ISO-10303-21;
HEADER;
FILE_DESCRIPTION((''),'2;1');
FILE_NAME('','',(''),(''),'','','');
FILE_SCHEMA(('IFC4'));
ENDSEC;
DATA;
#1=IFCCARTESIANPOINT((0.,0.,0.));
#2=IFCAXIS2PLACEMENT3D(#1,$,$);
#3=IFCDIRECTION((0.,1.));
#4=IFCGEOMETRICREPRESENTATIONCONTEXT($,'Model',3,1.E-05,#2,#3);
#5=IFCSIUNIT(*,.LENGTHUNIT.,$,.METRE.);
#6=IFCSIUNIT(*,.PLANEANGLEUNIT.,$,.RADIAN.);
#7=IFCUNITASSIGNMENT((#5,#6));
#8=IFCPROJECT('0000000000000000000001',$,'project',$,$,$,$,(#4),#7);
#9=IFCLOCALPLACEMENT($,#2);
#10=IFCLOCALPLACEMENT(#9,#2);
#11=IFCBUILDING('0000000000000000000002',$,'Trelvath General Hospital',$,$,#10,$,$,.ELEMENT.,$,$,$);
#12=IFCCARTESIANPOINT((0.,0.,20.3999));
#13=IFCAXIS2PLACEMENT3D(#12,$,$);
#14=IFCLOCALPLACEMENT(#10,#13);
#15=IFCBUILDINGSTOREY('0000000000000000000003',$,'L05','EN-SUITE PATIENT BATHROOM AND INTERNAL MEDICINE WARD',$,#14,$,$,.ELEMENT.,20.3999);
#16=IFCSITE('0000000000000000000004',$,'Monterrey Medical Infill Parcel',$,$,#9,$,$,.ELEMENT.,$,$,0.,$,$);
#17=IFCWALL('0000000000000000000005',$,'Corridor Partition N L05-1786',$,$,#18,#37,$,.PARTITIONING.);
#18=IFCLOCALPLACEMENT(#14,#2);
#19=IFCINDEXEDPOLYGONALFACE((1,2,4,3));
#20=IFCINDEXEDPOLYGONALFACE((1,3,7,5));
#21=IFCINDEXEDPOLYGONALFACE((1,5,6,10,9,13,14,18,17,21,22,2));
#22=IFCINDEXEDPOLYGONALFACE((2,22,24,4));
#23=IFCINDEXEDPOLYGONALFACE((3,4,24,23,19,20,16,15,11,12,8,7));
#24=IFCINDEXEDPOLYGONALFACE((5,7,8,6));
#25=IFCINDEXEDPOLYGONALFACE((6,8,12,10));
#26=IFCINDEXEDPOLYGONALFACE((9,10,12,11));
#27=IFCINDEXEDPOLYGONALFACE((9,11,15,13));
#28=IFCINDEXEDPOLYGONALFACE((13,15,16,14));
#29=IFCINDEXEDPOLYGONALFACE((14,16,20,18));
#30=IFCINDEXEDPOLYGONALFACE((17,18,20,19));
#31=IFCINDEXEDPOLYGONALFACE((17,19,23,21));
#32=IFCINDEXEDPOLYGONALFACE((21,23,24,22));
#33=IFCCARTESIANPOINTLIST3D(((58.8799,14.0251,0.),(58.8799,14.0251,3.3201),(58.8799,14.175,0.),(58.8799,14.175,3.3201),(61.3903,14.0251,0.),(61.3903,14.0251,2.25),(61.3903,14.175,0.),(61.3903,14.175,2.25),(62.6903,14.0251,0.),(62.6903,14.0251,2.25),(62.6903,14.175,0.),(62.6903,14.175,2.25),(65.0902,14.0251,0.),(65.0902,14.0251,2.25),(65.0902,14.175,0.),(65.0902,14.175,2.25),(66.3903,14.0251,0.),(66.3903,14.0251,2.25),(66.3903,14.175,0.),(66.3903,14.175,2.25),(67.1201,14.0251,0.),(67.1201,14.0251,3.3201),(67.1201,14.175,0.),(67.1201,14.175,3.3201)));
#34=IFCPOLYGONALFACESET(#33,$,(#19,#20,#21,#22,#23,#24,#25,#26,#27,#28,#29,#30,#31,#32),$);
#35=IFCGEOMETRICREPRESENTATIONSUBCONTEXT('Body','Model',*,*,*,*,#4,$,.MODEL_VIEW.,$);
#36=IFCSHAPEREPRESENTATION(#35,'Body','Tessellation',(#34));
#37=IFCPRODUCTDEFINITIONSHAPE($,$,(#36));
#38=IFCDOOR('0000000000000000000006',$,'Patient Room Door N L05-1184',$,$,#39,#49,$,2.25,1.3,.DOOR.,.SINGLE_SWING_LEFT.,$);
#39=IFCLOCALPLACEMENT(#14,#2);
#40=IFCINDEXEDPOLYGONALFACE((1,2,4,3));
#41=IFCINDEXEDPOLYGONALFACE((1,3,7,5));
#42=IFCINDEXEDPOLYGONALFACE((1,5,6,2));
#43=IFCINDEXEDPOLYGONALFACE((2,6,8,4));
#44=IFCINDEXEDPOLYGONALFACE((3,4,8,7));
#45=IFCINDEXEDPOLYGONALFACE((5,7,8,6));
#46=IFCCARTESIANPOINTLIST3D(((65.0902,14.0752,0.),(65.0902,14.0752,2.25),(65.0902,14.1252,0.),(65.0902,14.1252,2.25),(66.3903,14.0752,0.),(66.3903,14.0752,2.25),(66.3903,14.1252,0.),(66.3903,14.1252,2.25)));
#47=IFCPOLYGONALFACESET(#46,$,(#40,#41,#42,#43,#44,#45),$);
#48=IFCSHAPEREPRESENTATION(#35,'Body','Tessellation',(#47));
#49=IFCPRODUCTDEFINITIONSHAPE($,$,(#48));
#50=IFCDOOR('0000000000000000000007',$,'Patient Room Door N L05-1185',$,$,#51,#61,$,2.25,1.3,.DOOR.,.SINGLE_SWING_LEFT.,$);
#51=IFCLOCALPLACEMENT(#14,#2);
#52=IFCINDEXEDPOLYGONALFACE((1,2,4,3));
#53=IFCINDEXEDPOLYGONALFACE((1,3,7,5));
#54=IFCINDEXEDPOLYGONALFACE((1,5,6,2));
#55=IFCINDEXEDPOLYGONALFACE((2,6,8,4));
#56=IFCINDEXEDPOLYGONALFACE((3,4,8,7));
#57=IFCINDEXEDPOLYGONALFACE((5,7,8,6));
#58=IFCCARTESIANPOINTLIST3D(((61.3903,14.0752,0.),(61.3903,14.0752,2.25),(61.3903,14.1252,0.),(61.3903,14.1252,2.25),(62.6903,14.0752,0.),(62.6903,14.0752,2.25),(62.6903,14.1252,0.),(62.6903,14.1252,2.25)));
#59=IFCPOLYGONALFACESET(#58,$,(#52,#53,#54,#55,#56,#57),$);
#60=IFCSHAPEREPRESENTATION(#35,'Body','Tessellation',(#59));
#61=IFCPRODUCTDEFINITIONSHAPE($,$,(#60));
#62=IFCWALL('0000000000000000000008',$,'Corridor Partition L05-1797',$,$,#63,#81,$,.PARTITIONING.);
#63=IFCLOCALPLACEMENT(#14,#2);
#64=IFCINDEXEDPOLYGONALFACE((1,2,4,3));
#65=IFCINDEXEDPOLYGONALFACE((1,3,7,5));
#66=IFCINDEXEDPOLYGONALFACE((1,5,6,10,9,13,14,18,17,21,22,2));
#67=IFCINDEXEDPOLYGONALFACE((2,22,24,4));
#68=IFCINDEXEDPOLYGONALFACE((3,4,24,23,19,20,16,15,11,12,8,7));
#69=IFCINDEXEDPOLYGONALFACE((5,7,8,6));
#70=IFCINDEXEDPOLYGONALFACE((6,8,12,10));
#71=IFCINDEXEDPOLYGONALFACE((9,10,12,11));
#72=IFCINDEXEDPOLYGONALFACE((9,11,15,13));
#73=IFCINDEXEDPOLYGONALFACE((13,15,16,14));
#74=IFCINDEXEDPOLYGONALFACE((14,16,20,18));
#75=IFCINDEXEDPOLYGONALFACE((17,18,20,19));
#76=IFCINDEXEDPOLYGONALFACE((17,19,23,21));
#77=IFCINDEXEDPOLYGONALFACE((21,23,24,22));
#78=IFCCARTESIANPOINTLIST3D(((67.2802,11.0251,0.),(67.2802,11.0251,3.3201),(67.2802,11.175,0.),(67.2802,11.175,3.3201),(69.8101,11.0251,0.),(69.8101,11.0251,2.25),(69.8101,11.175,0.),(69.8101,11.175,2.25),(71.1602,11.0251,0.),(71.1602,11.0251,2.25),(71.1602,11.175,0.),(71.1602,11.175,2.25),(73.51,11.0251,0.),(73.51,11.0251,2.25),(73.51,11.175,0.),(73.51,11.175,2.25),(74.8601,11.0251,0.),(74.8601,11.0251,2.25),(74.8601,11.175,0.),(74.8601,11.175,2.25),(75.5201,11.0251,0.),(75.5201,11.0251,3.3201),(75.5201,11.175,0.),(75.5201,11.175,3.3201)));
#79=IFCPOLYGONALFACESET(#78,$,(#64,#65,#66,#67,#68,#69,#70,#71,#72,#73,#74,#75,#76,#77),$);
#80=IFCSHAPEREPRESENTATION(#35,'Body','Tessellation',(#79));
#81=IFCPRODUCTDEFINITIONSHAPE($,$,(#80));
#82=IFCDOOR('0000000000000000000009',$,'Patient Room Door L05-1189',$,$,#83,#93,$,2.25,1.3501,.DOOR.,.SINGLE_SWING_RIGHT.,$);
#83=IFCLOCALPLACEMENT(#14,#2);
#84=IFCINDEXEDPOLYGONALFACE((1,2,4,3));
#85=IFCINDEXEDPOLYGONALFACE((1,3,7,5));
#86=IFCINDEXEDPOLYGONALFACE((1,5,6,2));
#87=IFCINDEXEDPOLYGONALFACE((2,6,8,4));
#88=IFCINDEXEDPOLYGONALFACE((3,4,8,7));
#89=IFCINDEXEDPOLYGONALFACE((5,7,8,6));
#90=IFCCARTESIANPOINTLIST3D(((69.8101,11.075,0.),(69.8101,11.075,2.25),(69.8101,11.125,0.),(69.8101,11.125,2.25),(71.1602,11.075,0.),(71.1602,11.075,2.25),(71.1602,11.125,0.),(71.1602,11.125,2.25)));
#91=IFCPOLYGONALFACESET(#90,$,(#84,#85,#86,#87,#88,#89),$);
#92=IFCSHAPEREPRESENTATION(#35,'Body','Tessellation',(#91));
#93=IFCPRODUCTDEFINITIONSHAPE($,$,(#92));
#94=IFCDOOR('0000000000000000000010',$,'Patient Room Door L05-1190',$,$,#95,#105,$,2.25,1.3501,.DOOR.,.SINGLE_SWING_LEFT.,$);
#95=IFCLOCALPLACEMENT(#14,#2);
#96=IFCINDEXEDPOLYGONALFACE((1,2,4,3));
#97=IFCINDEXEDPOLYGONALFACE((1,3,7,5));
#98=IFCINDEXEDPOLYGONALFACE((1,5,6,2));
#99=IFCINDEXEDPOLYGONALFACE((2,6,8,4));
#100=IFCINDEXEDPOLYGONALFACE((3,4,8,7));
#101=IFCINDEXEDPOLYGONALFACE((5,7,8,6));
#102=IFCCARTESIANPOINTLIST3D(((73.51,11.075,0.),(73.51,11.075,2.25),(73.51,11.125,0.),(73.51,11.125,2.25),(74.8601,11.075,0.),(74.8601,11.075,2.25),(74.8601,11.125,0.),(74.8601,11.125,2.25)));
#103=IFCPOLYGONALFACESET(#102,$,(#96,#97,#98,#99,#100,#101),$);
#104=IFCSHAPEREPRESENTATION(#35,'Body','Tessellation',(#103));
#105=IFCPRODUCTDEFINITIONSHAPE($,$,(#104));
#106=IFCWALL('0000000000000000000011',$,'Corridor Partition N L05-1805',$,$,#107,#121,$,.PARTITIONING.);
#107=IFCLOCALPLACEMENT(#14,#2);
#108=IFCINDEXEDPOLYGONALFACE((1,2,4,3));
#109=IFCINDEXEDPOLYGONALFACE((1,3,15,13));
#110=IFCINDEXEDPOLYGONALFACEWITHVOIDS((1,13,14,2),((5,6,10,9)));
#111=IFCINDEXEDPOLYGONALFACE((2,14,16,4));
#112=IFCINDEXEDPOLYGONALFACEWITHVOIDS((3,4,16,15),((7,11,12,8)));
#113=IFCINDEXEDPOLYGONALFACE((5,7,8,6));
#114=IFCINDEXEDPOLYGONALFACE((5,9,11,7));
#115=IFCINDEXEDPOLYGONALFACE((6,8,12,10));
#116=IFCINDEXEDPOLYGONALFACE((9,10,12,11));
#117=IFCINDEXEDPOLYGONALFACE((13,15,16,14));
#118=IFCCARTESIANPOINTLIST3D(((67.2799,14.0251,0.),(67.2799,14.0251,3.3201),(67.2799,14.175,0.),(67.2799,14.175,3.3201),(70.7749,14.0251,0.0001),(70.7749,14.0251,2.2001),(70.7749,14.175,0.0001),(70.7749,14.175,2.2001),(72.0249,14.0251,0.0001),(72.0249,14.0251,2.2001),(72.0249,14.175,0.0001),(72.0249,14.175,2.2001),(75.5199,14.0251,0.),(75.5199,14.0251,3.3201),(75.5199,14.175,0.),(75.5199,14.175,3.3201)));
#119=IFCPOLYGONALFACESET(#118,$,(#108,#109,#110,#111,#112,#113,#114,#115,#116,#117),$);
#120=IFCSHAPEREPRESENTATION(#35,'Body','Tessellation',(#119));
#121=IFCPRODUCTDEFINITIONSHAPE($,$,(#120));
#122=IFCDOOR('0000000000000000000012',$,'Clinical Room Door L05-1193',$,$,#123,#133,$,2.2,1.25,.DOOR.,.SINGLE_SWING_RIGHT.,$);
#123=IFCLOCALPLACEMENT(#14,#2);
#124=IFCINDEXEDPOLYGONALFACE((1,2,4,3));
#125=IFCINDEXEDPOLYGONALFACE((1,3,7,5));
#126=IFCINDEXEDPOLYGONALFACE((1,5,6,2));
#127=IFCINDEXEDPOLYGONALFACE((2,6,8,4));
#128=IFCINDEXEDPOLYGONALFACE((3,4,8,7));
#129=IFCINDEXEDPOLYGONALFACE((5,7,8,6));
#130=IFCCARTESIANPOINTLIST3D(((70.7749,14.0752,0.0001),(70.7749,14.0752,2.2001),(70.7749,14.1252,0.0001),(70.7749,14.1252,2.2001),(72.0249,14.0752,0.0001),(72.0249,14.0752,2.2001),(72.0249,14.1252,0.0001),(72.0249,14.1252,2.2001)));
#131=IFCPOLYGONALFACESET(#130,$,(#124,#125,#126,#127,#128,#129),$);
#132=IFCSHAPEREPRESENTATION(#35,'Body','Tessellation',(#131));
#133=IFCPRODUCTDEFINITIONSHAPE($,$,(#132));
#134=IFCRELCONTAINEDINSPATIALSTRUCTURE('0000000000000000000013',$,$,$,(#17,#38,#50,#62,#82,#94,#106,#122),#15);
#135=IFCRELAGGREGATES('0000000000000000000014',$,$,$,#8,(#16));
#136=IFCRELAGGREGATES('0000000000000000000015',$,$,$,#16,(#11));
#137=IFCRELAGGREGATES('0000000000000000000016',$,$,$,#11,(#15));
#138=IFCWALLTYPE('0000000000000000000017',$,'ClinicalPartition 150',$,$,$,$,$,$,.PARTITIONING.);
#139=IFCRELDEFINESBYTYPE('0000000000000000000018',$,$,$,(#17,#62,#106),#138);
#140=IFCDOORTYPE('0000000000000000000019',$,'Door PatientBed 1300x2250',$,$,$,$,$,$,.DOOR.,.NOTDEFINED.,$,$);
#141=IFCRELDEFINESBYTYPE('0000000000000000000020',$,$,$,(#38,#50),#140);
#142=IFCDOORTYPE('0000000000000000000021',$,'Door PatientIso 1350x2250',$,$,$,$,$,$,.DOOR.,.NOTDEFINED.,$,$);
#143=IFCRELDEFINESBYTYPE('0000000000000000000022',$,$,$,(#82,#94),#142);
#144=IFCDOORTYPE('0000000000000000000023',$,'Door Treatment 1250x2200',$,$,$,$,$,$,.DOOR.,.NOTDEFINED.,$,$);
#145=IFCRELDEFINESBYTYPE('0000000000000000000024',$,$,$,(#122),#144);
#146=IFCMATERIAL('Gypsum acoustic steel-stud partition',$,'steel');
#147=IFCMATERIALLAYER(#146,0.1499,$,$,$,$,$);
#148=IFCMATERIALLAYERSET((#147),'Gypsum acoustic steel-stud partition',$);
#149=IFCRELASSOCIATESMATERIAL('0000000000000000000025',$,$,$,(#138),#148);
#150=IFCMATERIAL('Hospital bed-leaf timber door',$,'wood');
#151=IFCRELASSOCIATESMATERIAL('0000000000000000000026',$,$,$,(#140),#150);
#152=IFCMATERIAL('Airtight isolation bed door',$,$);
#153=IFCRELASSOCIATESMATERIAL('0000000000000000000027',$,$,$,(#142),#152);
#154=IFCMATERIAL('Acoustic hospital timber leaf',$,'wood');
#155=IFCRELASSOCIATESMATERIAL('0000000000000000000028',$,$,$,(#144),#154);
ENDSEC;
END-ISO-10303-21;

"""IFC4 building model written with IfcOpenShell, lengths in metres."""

from ifc_helpers import new_model, si_unit, direction, frame, frame_2d, origin, place, context, subcontext, project, spatial, rectangle, extrude, material, layer, layer_set, type_object, element, fill, save


model = new_model("IFC4")

# Units and contexts
model_context = context("Model", 3, precision=1e-05, world=origin(), true_north=direction((0.0, 1.0)))
body_context = subcontext(model_context, "Body", "Model", "MODEL_VIEW")
ifc_project = project(units=[si_unit("LENGTHUNIT", "METRE"), si_unit("PLANEANGLEUNIT", "RADIAN")], contexts=[model_context])

# Site, building, storey
site_placement = place(None, origin())
site = spatial("IfcSite", under=ifc_project, at=site_placement, Name="Monterrey Medical Infill Parcel", CompositionType="ELEMENT", RefElevation=0.0)
building_placement = place(site_placement, origin())
building = spatial("IfcBuilding", under=site, at=building_placement, Name="Trelvath General Hospital", CompositionType="ELEMENT")
storey_placement = place(building_placement, frame((0.0, 0.0, 20.3999)))
storey = spatial("IfcBuildingStorey", under=building, at=storey_placement, Name="L05", Description="EN-SUITE PATIENT BATHROOM AND INTERNAL MEDICINE WARD", CompositionType="ELEMENT", Elevation=20.3999)

# Walls, openings, doors
ifc_material_1 = material(Name="Gypsum acoustic steel-stud partition", Category="steel")
ifc_layer_1 = layer(ifc_material_1, 0.1499)
ifc_layer_set_1 = layer_set([ifc_layer_1], Name="Gypsum acoustic steel-stud partition")
wall_type_1 = type_object("IfcWallType", Name="ClinicalPartition 150", PredefinedType="PARTITIONING", material=ifc_layer_set_1)
wall_1_placement = place(storey_placement, frame((67.1201, 14.1001, 0.0), z_axis=(0.0, 0.0, 1.0), x_axis=(-1.0, 0.0, 0.0)))
wall_1 = element("IfcWall", 1, at=wall_1_placement, inside=storey, type_object=wall_type_1, Name="Corridor Partition N L05-1786", PredefinedType="PARTITIONING", context=body_context, shape_type="SweptSolid", body=[
    extrude(rectangle(XDim=8.2402, YDim=0.1499, at=frame_2d((4.1201, 0.0))), origin(), (0.0, 0.0, 1.0), 3.3201),
])
opening_1_placement = place(wall_1_placement, frame((0.73, 0.0, 0.0)))
opening_1 = element("IfcOpeningElement", 2, at=opening_1_placement, cuts=wall_1, PredefinedType="OPENING", context=body_context, shape_type="SweptSolid", body=[
    extrude(rectangle(XDim=1.3, YDim=2.25, at=frame_2d((0.6499, 1.125))), frame((0.0, 0.085, 0.0), z_axis=(0.0, -1.0, 0.0), x_axis=(1.0, 0.0, 0.0)), (0.0, 0.0, 1.0), 0.1699),
])
opening_2_placement = place(wall_1_placement, frame((4.4299, 0.0, 0.0)))
opening_2 = element("IfcOpeningElement", 3, at=opening_2_placement, cuts=wall_1, PredefinedType="OPENING", context=body_context, shape_type="SweptSolid", body=[
    extrude(rectangle(XDim=1.3, YDim=2.25, at=frame_2d((0.6499, 1.125))), frame((0.0, 0.085, 0.0), z_axis=(0.0, -1.0, 0.0), x_axis=(1.0, 0.0, 0.0)), (0.0, 0.0, 1.0), 0.1699),
])
ifc_material_2 = material(Name="Hospital bed-leaf timber door", Category="wood")
door_type_1 = type_object("IfcDoorType", Name="Door PatientBed 1300x2250", OperationType="NOTDEFINED", PredefinedType="DOOR", material=ifc_material_2)
door_1_placement = place(opening_1_placement, origin())
door_1 = element("IfcDoor", 4, at=door_1_placement, inside=storey, type_object=door_type_1, Name="Patient Room Door N L05-1184", OperationType="SINGLE_SWING_LEFT", OverallHeight=2.25, OverallWidth=1.3, PredefinedType="DOOR", context=body_context, shape_type="SweptSolid", body=[
    extrude(rectangle(XDim=1.3, YDim=2.25, at=frame_2d((0.6499, 1.125))), frame((0.0, 0.0249, 0.0), z_axis=(0.0, -1.0, 0.0), x_axis=(1.0, 0.0, 0.0)), (0.0, 0.0, 1.0), 0.05),
])
fill(opening_1, door_1)
door_2_placement = place(opening_2_placement, origin())
door_2 = element("IfcDoor", 5, at=door_2_placement, inside=storey, type_object=door_type_1, Name="Patient Room Door N L05-1185", OperationType="SINGLE_SWING_LEFT", OverallHeight=2.25, OverallWidth=1.3, PredefinedType="DOOR", context=body_context, shape_type="SweptSolid", body=[
    extrude(rectangle(XDim=1.3, YDim=2.25, at=frame_2d((0.6499, 1.125))), frame((0.0, 0.0249, 0.0), z_axis=(0.0, -1.0, 0.0), x_axis=(1.0, 0.0, 0.0)), (0.0, 0.0, 1.0), 0.05),
])
fill(opening_2, door_2)
wall_2_placement = place(storey_placement, frame((67.28, 11.1001, 0.0), z_axis=(0.0, 0.0, 1.0), x_axis=(1.0, 0.0, 0.0)))
wall_2 = element("IfcWall", 6, at=wall_2_placement, inside=storey, type_object=wall_type_1, Name="Corridor Partition L05-1797", PredefinedType="PARTITIONING", context=body_context, shape_type="SweptSolid", body=[
    extrude(rectangle(XDim=8.24, YDim=0.1499, at=frame_2d((4.1201, 0.0))), origin(), (0.0, 0.0, 1.0), 3.3201),
])
opening_3_placement = place(wall_2_placement, frame((2.53, 0.0, 0.0)))
opening_3 = element("IfcOpeningElement", 7, at=opening_3_placement, cuts=wall_2, PredefinedType="OPENING", context=body_context, shape_type="SweptSolid", body=[
    extrude(rectangle(XDim=1.3501, YDim=2.25, at=frame_2d((0.675, 1.125))), frame((0.0, 0.085, 0.0), z_axis=(0.0, -1.0, 0.0), x_axis=(1.0, 0.0, 0.0)), (0.0, 0.0, 1.0), 0.1699),
])
opening_4_placement = place(wall_2_placement, frame((6.23, 0.0, 0.0)))
opening_4 = element("IfcOpeningElement", 8, at=opening_4_placement, cuts=wall_2, PredefinedType="OPENING", context=body_context, shape_type="SweptSolid", body=[
    extrude(rectangle(XDim=1.3501, YDim=2.25, at=frame_2d((0.675, 1.125))), frame((0.0, 0.085, 0.0), z_axis=(0.0, -1.0, 0.0), x_axis=(1.0, 0.0, 0.0)), (0.0, 0.0, 1.0), 0.1699),
])
ifc_material_3 = material(Name="Airtight isolation bed door")
door_type_2 = type_object("IfcDoorType", Name="Door PatientIso 1350x2250", OperationType="NOTDEFINED", PredefinedType="DOOR", material=ifc_material_3)
door_3_placement = place(opening_3_placement, origin())
door_3 = element("IfcDoor", 9, at=door_3_placement, inside=storey, type_object=door_type_2, Name="Patient Room Door L05-1189", OperationType="SINGLE_SWING_RIGHT", OverallHeight=2.25, OverallWidth=1.3501, PredefinedType="DOOR", context=body_context, shape_type="SweptSolid", body=[
    extrude(rectangle(XDim=1.3501, YDim=2.25, at=frame_2d((0.675, 1.125))), frame((0.0, 0.0249, 0.0), z_axis=(0.0, -1.0, 0.0), x_axis=(1.0, 0.0, 0.0)), (0.0, 0.0, 1.0), 0.05),
])
fill(opening_3, door_3)
door_4_placement = place(opening_4_placement, origin())
door_4 = element("IfcDoor", 10, at=door_4_placement, inside=storey, type_object=door_type_2, Name="Patient Room Door L05-1190", OperationType="SINGLE_SWING_LEFT", OverallHeight=2.25, OverallWidth=1.3501, PredefinedType="DOOR", context=body_context, shape_type="SweptSolid", body=[
    extrude(rectangle(XDim=1.3501, YDim=2.25, at=frame_2d((0.675, 1.125))), frame((0.0, 0.0249, 0.0), z_axis=(0.0, -1.0, 0.0), x_axis=(1.0, 0.0, 0.0)), (0.0, 0.0, 1.0), 0.05),
])
fill(opening_4, door_4)

# Wall, opening, door
wall_3_placement = place(storey_placement, frame((75.52, 14.1001, 0.0), z_axis=(0.0, 0.0, 1.0), x_axis=(-1.0, 0.0, 0.0)))
wall_3 = element("IfcWall", 11, at=wall_3_placement, inside=storey, type_object=wall_type_1, Name="Corridor Partition N L05-1805", PredefinedType="PARTITIONING", context=body_context, shape_type="SweptSolid", body=[
    extrude(rectangle(XDim=8.24, YDim=0.1499, at=frame_2d((4.1201, 0.0))), origin(), (0.0, 0.0, 1.0), 3.3201),
])
opening_5_placement = place(wall_3_placement, frame((3.4951, 0.0, 0.0)))
opening_5 = element("IfcOpeningElement", 12, at=opening_5_placement, cuts=wall_3, PredefinedType="OPENING", context=body_context, shape_type="SweptSolid", body=[
    extrude(rectangle(XDim=1.25, YDim=2.2, at=frame_2d((0.625, 1.1001))), frame((0.0, 0.085, 0.0), z_axis=(0.0, -1.0, 0.0), x_axis=(1.0, 0.0, 0.0)), (0.0, 0.0, 1.0), 0.1699),
])
ifc_material_4 = material(Name="Acoustic hospital timber leaf", Category="wood")
door_type_3 = type_object("IfcDoorType", Name="Door Treatment 1250x2200", OperationType="NOTDEFINED", PredefinedType="DOOR", material=ifc_material_4)
door_5_placement = place(opening_5_placement, origin())
door_5 = element("IfcDoor", 13, at=door_5_placement, inside=storey, type_object=door_type_3, Name="Clinical Room Door L05-1193", OperationType="SINGLE_SWING_RIGHT", OverallHeight=2.2, OverallWidth=1.25, PredefinedType="DOOR", context=body_context, shape_type="SweptSolid", body=[
    extrude(rectangle(XDim=1.25, YDim=2.2, at=frame_2d((0.625, 1.1001))), frame((0.0, 0.0249, 0.0), z_axis=(0.0, -1.0, 0.0), x_axis=(1.0, 0.0, 0.0)), (0.0, 0.0, 1.0), 0.05),
])
fill(opening_5, door_5)

save(model, "model.ifc")
